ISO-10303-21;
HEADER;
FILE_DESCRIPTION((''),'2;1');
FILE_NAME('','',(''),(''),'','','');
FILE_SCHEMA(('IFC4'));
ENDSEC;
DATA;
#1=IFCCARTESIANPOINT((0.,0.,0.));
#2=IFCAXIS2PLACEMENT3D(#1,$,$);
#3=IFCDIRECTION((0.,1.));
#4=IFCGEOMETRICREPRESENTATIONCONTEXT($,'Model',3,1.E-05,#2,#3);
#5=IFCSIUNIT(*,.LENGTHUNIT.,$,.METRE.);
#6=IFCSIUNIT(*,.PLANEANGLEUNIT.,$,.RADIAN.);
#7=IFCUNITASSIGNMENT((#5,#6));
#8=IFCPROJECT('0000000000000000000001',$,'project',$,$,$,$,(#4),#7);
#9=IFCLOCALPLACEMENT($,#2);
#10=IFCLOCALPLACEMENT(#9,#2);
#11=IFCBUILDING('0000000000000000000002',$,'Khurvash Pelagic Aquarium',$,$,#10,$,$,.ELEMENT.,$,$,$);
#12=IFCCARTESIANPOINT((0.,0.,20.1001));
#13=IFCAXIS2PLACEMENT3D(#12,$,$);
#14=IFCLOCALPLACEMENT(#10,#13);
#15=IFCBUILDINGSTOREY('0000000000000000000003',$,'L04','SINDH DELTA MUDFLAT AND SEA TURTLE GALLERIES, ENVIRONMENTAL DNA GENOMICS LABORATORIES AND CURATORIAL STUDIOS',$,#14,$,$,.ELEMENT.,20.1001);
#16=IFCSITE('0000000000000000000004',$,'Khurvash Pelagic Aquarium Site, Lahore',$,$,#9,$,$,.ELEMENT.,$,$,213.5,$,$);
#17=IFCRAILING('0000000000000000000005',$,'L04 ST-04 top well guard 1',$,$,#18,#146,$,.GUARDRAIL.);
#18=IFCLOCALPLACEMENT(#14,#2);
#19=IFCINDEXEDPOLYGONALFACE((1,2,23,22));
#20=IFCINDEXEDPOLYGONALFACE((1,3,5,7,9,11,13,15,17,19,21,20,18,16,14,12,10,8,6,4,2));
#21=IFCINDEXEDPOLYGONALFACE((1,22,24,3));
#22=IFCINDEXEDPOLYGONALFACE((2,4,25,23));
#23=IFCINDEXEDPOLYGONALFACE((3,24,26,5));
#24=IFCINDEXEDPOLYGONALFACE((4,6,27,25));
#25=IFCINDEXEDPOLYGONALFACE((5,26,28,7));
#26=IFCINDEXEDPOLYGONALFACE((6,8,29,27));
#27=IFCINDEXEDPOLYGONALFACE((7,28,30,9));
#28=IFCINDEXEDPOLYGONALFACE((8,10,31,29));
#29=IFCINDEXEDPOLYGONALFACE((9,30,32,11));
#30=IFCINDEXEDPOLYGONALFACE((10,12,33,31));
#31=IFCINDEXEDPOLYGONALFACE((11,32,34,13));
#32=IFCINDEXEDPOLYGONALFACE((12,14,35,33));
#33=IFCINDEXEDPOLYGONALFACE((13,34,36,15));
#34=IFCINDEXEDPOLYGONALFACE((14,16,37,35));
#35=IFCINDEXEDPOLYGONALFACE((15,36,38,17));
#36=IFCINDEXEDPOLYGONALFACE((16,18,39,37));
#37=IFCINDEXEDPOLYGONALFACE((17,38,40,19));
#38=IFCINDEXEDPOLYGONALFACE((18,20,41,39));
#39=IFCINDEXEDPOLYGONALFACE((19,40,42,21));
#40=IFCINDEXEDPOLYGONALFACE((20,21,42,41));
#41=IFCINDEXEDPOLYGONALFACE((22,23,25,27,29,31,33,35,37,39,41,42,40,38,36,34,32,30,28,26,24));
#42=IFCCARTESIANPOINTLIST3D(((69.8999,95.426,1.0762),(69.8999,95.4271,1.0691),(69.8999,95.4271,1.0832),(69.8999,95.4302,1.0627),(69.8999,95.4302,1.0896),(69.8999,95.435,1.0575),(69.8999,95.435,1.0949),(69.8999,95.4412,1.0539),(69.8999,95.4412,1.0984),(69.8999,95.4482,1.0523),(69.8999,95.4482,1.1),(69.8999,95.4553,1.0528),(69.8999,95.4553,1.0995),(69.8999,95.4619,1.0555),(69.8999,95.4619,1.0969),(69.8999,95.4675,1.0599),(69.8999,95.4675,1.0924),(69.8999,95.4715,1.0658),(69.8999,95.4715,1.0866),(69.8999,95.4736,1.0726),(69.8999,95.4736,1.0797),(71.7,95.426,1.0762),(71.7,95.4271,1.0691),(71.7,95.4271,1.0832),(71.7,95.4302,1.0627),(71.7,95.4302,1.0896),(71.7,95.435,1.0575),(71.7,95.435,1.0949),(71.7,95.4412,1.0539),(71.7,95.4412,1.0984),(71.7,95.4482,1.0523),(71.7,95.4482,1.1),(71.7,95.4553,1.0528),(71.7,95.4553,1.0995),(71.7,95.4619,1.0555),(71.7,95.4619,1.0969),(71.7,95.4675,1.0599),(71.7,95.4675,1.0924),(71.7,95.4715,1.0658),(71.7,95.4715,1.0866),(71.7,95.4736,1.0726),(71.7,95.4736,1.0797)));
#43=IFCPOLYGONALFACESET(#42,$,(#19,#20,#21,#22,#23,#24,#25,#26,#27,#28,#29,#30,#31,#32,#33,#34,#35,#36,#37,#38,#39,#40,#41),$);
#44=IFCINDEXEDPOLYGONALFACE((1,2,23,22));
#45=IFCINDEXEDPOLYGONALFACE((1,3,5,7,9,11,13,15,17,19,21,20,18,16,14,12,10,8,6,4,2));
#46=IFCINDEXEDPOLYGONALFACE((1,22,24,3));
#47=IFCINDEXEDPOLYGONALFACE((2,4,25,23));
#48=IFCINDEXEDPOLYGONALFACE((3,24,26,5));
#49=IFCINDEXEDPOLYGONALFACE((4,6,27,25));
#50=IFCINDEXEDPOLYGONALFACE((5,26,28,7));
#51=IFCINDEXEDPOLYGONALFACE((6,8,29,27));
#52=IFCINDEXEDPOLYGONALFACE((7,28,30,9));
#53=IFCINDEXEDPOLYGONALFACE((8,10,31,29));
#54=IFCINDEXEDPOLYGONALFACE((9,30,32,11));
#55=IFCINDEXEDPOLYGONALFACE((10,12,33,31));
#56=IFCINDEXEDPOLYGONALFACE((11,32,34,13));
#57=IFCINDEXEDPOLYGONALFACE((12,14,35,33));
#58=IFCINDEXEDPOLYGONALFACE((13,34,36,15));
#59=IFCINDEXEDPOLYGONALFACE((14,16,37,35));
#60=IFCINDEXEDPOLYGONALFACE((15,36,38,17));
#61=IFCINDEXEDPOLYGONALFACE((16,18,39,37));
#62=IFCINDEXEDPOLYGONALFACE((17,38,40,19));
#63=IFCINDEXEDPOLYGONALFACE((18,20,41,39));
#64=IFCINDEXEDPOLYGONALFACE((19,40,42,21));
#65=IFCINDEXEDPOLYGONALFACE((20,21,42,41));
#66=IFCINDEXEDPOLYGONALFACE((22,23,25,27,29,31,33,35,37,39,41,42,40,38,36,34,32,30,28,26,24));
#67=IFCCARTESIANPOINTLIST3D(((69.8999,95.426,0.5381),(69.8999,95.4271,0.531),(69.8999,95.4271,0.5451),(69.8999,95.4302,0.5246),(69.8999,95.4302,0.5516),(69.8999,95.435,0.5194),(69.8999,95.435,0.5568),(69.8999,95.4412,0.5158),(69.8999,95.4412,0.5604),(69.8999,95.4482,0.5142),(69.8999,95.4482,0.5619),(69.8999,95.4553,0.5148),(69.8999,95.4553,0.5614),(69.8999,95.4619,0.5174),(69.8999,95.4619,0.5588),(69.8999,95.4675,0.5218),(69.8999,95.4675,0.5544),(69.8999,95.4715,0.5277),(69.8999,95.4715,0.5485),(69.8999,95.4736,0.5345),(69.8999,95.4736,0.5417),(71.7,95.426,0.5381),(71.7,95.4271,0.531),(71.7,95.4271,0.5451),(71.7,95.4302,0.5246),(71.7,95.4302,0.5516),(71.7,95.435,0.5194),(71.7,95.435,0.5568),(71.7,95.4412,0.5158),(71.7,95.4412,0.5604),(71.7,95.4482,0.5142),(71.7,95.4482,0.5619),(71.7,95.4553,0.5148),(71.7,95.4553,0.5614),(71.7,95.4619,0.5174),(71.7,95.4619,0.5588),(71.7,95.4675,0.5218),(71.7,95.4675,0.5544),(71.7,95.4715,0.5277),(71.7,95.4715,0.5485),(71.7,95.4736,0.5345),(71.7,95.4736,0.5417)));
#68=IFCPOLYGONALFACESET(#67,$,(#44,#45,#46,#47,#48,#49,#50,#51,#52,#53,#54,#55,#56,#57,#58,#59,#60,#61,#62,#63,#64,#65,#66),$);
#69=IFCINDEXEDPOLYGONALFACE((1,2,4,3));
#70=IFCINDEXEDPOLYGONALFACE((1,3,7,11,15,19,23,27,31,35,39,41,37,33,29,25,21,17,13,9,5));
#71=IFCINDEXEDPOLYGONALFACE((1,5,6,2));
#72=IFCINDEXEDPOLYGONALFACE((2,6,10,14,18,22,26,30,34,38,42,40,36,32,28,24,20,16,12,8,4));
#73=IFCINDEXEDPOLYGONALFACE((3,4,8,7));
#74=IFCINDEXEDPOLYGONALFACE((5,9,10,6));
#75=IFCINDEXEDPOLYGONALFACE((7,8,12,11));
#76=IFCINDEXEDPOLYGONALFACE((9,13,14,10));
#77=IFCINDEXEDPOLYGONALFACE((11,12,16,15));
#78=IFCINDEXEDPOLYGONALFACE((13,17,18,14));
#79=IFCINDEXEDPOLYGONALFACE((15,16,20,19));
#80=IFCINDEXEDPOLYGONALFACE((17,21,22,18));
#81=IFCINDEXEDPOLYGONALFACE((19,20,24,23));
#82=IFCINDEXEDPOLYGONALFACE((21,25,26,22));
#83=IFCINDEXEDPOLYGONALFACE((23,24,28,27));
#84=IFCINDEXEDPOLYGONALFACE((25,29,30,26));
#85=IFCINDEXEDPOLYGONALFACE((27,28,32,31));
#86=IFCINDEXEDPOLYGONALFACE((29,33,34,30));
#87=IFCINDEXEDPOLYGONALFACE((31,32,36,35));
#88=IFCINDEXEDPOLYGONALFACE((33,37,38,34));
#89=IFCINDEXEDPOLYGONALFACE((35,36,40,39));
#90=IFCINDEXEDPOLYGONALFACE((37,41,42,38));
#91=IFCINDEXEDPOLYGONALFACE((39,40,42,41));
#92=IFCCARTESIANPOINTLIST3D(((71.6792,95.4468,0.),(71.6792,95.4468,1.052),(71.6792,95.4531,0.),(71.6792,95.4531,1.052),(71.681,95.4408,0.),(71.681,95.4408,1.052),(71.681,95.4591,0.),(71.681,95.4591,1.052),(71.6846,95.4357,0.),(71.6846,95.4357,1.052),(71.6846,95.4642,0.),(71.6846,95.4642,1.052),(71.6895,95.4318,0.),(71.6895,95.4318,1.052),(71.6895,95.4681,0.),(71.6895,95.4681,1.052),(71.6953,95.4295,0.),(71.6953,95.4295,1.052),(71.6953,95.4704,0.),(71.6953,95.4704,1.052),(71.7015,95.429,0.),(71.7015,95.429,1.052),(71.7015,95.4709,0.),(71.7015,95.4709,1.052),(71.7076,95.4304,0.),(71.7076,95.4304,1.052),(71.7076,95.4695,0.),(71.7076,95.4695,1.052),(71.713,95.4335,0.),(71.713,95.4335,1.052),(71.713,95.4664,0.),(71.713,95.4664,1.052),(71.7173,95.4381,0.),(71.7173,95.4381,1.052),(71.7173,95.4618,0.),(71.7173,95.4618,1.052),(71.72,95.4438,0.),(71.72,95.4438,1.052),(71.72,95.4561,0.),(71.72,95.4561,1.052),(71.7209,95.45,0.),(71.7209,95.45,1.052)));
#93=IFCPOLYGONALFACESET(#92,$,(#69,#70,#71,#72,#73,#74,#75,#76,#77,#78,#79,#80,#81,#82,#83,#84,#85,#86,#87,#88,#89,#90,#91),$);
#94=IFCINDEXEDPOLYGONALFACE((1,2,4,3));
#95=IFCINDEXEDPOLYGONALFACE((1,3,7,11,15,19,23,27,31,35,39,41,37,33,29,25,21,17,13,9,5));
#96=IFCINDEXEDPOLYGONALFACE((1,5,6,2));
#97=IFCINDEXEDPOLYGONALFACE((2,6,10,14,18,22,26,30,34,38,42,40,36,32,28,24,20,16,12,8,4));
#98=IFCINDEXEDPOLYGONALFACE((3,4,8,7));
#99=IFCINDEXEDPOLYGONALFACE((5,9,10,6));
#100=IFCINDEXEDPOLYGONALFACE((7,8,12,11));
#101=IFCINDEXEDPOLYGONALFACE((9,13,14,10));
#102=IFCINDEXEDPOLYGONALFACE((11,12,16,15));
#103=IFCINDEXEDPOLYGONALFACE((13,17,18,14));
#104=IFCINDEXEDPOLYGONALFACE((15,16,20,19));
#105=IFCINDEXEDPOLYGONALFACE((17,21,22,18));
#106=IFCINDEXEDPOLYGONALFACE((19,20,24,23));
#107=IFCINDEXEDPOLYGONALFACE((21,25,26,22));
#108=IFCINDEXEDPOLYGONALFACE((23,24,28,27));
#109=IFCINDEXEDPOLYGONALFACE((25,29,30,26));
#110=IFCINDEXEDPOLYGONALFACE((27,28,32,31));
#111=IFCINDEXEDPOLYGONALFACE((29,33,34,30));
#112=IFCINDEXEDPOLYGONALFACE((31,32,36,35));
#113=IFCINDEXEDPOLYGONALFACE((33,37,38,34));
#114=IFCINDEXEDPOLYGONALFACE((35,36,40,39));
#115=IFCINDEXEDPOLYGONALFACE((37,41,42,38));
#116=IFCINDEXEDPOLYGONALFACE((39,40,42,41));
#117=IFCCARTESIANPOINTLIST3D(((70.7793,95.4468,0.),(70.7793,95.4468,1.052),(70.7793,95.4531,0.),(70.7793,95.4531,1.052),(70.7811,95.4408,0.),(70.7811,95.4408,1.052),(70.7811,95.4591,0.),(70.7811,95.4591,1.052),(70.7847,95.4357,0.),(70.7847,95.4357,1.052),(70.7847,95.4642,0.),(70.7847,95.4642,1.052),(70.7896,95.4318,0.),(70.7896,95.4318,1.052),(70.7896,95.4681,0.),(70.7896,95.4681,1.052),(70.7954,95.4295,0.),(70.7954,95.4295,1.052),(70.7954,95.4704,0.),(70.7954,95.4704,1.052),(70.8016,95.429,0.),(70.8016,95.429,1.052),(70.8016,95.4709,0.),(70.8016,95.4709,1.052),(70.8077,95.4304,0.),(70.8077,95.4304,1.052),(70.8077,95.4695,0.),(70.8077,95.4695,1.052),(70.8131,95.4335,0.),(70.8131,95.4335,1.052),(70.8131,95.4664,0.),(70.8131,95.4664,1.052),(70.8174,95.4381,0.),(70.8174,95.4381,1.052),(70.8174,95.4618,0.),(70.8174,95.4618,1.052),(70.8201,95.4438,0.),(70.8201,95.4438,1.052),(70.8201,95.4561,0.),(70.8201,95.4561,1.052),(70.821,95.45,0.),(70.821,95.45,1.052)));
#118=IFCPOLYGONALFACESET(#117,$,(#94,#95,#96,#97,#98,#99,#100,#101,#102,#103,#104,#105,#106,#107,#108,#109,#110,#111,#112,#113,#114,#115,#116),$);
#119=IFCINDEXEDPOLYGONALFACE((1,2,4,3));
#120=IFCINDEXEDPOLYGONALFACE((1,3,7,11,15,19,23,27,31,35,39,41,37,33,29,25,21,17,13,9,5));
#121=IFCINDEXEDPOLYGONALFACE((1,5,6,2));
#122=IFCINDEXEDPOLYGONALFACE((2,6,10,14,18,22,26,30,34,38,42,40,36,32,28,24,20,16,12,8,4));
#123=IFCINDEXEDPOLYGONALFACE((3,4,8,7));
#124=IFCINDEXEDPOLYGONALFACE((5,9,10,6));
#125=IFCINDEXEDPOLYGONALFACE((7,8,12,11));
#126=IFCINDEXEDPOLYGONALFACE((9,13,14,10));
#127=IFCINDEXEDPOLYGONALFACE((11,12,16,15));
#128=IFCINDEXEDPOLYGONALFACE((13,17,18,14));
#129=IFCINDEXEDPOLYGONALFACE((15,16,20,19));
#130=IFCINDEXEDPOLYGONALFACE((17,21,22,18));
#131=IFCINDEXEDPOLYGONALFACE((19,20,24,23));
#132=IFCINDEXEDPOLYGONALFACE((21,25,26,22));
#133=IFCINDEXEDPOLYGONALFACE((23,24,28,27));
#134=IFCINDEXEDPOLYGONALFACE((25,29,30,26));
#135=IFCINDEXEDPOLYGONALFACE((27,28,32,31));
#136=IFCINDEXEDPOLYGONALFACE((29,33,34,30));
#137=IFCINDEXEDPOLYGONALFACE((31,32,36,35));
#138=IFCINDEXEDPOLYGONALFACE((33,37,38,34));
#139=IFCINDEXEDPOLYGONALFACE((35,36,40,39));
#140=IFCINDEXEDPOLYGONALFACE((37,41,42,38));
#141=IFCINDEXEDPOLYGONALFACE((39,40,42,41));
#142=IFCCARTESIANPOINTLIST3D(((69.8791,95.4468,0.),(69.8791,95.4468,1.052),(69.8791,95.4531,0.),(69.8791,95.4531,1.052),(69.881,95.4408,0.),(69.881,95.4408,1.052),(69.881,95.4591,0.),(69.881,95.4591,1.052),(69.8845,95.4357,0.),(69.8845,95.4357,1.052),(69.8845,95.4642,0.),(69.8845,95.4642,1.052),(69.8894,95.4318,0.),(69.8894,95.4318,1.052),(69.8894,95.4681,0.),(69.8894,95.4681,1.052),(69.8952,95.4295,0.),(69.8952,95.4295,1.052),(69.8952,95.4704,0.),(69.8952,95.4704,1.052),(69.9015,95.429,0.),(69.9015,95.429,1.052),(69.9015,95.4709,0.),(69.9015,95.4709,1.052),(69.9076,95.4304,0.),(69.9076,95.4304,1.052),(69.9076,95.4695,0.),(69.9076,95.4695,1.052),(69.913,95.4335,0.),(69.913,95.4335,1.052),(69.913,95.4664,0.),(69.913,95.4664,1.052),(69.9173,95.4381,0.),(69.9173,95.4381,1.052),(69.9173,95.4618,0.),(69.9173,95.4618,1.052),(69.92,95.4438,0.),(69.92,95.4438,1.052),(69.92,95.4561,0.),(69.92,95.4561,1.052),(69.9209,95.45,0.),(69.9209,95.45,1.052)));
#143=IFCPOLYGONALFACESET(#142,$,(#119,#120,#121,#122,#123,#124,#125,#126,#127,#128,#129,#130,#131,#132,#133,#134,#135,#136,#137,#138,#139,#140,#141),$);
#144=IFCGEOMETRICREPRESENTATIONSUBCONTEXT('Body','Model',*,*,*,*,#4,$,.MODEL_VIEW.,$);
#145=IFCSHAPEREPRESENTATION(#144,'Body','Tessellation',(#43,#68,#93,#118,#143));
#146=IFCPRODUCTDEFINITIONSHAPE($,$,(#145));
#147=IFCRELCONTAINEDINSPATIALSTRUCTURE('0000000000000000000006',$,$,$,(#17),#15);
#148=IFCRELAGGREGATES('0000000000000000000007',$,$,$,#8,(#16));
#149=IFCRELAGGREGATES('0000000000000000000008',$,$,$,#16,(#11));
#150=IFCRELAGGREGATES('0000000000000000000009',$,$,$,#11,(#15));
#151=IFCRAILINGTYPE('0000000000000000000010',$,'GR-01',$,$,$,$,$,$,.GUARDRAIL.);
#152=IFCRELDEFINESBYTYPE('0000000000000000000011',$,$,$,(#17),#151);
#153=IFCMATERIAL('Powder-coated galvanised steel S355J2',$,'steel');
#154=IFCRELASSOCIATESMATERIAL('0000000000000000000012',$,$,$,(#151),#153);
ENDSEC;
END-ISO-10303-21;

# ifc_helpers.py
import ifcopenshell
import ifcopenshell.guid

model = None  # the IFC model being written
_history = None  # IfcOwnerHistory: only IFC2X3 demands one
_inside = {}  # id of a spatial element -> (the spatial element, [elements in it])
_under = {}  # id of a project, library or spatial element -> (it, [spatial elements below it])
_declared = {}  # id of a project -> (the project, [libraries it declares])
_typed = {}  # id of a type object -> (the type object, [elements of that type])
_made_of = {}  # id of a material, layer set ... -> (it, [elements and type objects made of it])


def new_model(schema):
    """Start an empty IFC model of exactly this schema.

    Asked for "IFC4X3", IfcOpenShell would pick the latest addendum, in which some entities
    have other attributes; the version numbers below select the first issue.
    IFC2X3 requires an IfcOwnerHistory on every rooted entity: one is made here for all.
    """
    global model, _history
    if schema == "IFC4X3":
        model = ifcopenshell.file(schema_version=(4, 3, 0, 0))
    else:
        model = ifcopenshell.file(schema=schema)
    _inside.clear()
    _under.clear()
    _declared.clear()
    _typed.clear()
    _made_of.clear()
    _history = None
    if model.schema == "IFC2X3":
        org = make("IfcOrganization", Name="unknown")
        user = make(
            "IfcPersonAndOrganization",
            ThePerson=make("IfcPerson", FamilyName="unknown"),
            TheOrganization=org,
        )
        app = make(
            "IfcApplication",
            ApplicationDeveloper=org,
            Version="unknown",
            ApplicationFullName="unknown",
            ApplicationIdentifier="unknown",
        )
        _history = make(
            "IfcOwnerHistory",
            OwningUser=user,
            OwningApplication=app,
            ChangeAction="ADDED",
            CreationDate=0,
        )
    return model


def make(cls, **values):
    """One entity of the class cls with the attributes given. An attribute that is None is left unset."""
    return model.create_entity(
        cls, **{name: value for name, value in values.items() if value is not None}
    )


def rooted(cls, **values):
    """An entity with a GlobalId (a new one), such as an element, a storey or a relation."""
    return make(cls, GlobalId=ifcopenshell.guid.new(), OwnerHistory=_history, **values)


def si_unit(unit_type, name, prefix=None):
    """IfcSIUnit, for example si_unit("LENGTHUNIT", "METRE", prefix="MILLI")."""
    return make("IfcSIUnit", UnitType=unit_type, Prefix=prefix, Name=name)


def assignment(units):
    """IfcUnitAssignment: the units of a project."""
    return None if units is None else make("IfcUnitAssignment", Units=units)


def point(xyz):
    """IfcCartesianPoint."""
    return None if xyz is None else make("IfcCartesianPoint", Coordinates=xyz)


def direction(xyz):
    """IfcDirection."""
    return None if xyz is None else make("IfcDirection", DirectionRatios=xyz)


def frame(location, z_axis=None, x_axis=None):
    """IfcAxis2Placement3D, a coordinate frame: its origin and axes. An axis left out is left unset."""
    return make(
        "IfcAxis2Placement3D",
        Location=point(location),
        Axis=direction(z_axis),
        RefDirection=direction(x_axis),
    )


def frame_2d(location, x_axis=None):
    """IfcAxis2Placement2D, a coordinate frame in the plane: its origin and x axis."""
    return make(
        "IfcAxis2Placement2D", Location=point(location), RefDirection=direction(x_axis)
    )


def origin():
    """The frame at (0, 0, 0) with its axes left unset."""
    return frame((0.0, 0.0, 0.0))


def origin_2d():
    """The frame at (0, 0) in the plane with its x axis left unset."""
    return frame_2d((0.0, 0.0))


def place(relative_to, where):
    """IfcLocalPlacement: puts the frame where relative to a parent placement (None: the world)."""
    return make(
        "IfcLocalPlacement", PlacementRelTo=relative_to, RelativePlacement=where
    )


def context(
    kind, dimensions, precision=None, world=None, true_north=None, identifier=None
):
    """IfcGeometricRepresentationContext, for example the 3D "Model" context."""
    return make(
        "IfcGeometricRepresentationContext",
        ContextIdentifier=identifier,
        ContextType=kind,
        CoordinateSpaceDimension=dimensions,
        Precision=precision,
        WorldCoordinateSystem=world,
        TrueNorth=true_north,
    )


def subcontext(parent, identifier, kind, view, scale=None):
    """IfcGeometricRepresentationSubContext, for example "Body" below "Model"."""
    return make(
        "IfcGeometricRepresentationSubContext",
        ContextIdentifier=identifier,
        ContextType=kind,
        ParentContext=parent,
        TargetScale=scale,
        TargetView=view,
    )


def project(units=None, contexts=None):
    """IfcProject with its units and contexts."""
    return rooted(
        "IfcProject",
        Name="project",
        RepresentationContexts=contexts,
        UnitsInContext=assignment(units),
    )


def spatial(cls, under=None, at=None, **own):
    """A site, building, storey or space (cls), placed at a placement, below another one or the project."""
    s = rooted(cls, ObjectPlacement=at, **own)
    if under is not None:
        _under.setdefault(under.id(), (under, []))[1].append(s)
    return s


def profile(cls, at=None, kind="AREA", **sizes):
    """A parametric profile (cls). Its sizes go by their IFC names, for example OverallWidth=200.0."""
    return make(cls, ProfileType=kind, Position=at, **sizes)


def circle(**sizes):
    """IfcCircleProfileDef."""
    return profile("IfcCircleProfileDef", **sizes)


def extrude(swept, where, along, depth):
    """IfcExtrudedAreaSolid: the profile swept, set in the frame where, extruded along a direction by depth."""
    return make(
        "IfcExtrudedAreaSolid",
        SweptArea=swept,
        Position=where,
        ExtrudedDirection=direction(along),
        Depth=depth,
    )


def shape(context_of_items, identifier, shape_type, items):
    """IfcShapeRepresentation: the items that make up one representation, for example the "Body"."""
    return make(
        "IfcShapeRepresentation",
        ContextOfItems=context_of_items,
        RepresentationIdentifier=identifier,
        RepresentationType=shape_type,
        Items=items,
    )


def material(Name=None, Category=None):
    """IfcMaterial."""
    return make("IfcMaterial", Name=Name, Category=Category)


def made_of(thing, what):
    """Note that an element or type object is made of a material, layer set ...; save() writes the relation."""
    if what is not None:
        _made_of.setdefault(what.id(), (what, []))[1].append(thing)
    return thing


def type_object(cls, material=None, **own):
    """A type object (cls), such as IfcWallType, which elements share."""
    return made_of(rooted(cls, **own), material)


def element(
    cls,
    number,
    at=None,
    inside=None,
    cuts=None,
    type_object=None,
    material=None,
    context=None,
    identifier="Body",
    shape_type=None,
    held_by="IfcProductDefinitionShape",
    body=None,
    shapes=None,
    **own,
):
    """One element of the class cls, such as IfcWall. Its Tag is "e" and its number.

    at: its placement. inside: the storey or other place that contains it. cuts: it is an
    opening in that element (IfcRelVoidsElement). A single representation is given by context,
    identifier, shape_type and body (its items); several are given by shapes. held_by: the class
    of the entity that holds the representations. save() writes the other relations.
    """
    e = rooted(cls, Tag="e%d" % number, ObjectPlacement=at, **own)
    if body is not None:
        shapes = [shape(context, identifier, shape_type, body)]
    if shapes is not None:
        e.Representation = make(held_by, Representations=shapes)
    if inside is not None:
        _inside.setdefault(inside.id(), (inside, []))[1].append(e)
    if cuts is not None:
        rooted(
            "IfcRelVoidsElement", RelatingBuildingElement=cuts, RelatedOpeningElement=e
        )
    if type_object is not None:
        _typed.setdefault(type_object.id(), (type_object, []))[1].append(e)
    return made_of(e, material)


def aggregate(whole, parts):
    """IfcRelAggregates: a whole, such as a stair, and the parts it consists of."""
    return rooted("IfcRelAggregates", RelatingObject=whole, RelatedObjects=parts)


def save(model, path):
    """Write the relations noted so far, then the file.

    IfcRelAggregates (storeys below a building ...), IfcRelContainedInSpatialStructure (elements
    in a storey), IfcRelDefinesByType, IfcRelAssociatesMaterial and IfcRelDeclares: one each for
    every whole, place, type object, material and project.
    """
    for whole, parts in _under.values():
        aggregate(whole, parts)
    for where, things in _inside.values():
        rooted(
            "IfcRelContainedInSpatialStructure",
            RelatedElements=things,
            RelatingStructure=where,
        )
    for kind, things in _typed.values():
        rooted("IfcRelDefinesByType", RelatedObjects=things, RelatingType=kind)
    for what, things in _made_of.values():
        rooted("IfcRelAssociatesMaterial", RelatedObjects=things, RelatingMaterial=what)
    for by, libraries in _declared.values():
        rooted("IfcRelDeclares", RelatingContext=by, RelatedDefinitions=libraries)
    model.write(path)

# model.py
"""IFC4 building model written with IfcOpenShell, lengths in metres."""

from ifc_helpers import new_model, si_unit, direction, frame, origin, origin_2d, place, context, subcontext, project, spatial, circle, extrude, material, type_object, element, save


model = new_model("IFC4")

# Units and contexts
model_context = context("Model", 3, precision=1e-05, world=origin(), true_north=direction((0.0, 1.0)))
body_context = subcontext(model_context, "Body", "Model", "MODEL_VIEW")
ifc_project = project(units=[si_unit("LENGTHUNIT", "METRE"), si_unit("PLANEANGLEUNIT", "RADIAN")], contexts=[model_context])

# Site, building, storey
site_placement = place(None, origin())
site = spatial("IfcSite", under=ifc_project, at=site_placement, Name="Khurvash Pelagic Aquarium Site, Lahore", CompositionType="ELEMENT", RefElevation=213.5)
building_placement = place(site_placement, origin())
building = spatial("IfcBuilding", under=site, at=building_placement, Name="Khurvash Pelagic Aquarium", CompositionType="ELEMENT")
storey_placement = place(building_placement, frame((0.0, 0.0, 20.1001)))
storey = spatial("IfcBuildingStorey", under=building, at=storey_placement, Name="L04", Description="SINDH DELTA MUDFLAT AND SEA TURTLE GALLERIES, ENVIRONMENTAL DNA GENOMICS LABORATORIES AND CURATORIAL STUDIOS", CompositionType="ELEMENT", Elevation=20.1001)

# Railing
ifc_material_1 = material(Name="Powder-coated galvanised steel S355J2", Category="steel")
railing_type = type_object("IfcRailingType", Name="GR-01", PredefinedType="GUARDRAIL", material=ifc_material_1)
railing_placement = place(storey_placement, frame((71.7, 95.45, 0.0)))
element("IfcRailing", 1, at=railing_placement, inside=storey, type_object=railing_type, Name="L04 ST-04 top well guard 1", PredefinedType="GUARDRAIL", context=body_context, shape_type="SweptSolid", body=[
    extrude(circle(Radius=0.0239, at=origin_2d()), frame((0.0, 0.0, 1.0762), z_axis=(-1.0, 0.0, 0.0), x_axis=(0.0, -1.0, 0.0)), (0.0, 0.0, 1.0), 1.8),
    extrude(circle(Radius=0.0239, at=origin_2d()), frame((0.0, 0.0, 0.5381), z_axis=(-1.0, 0.0, 0.0), x_axis=(0.0, -1.0, 0.0)), (0.0, 0.0, 1.0), 1.8),
    extrude(circle(Radius=0.021, at=origin_2d()), origin(), (0.0, 0.0, 1.0), 1.052),
    extrude(circle(Radius=0.021, at=origin_2d()), frame((-0.8999, 0.0, 0.0)), (0.0, 0.0, 1.0), 1.052),
    extrude(circle(Radius=0.021, at=origin_2d()), frame((-1.8, 0.0, 0.0)), (0.0, 0.0, 1.0), 1.052),
])

save(model, "model.ifc")
